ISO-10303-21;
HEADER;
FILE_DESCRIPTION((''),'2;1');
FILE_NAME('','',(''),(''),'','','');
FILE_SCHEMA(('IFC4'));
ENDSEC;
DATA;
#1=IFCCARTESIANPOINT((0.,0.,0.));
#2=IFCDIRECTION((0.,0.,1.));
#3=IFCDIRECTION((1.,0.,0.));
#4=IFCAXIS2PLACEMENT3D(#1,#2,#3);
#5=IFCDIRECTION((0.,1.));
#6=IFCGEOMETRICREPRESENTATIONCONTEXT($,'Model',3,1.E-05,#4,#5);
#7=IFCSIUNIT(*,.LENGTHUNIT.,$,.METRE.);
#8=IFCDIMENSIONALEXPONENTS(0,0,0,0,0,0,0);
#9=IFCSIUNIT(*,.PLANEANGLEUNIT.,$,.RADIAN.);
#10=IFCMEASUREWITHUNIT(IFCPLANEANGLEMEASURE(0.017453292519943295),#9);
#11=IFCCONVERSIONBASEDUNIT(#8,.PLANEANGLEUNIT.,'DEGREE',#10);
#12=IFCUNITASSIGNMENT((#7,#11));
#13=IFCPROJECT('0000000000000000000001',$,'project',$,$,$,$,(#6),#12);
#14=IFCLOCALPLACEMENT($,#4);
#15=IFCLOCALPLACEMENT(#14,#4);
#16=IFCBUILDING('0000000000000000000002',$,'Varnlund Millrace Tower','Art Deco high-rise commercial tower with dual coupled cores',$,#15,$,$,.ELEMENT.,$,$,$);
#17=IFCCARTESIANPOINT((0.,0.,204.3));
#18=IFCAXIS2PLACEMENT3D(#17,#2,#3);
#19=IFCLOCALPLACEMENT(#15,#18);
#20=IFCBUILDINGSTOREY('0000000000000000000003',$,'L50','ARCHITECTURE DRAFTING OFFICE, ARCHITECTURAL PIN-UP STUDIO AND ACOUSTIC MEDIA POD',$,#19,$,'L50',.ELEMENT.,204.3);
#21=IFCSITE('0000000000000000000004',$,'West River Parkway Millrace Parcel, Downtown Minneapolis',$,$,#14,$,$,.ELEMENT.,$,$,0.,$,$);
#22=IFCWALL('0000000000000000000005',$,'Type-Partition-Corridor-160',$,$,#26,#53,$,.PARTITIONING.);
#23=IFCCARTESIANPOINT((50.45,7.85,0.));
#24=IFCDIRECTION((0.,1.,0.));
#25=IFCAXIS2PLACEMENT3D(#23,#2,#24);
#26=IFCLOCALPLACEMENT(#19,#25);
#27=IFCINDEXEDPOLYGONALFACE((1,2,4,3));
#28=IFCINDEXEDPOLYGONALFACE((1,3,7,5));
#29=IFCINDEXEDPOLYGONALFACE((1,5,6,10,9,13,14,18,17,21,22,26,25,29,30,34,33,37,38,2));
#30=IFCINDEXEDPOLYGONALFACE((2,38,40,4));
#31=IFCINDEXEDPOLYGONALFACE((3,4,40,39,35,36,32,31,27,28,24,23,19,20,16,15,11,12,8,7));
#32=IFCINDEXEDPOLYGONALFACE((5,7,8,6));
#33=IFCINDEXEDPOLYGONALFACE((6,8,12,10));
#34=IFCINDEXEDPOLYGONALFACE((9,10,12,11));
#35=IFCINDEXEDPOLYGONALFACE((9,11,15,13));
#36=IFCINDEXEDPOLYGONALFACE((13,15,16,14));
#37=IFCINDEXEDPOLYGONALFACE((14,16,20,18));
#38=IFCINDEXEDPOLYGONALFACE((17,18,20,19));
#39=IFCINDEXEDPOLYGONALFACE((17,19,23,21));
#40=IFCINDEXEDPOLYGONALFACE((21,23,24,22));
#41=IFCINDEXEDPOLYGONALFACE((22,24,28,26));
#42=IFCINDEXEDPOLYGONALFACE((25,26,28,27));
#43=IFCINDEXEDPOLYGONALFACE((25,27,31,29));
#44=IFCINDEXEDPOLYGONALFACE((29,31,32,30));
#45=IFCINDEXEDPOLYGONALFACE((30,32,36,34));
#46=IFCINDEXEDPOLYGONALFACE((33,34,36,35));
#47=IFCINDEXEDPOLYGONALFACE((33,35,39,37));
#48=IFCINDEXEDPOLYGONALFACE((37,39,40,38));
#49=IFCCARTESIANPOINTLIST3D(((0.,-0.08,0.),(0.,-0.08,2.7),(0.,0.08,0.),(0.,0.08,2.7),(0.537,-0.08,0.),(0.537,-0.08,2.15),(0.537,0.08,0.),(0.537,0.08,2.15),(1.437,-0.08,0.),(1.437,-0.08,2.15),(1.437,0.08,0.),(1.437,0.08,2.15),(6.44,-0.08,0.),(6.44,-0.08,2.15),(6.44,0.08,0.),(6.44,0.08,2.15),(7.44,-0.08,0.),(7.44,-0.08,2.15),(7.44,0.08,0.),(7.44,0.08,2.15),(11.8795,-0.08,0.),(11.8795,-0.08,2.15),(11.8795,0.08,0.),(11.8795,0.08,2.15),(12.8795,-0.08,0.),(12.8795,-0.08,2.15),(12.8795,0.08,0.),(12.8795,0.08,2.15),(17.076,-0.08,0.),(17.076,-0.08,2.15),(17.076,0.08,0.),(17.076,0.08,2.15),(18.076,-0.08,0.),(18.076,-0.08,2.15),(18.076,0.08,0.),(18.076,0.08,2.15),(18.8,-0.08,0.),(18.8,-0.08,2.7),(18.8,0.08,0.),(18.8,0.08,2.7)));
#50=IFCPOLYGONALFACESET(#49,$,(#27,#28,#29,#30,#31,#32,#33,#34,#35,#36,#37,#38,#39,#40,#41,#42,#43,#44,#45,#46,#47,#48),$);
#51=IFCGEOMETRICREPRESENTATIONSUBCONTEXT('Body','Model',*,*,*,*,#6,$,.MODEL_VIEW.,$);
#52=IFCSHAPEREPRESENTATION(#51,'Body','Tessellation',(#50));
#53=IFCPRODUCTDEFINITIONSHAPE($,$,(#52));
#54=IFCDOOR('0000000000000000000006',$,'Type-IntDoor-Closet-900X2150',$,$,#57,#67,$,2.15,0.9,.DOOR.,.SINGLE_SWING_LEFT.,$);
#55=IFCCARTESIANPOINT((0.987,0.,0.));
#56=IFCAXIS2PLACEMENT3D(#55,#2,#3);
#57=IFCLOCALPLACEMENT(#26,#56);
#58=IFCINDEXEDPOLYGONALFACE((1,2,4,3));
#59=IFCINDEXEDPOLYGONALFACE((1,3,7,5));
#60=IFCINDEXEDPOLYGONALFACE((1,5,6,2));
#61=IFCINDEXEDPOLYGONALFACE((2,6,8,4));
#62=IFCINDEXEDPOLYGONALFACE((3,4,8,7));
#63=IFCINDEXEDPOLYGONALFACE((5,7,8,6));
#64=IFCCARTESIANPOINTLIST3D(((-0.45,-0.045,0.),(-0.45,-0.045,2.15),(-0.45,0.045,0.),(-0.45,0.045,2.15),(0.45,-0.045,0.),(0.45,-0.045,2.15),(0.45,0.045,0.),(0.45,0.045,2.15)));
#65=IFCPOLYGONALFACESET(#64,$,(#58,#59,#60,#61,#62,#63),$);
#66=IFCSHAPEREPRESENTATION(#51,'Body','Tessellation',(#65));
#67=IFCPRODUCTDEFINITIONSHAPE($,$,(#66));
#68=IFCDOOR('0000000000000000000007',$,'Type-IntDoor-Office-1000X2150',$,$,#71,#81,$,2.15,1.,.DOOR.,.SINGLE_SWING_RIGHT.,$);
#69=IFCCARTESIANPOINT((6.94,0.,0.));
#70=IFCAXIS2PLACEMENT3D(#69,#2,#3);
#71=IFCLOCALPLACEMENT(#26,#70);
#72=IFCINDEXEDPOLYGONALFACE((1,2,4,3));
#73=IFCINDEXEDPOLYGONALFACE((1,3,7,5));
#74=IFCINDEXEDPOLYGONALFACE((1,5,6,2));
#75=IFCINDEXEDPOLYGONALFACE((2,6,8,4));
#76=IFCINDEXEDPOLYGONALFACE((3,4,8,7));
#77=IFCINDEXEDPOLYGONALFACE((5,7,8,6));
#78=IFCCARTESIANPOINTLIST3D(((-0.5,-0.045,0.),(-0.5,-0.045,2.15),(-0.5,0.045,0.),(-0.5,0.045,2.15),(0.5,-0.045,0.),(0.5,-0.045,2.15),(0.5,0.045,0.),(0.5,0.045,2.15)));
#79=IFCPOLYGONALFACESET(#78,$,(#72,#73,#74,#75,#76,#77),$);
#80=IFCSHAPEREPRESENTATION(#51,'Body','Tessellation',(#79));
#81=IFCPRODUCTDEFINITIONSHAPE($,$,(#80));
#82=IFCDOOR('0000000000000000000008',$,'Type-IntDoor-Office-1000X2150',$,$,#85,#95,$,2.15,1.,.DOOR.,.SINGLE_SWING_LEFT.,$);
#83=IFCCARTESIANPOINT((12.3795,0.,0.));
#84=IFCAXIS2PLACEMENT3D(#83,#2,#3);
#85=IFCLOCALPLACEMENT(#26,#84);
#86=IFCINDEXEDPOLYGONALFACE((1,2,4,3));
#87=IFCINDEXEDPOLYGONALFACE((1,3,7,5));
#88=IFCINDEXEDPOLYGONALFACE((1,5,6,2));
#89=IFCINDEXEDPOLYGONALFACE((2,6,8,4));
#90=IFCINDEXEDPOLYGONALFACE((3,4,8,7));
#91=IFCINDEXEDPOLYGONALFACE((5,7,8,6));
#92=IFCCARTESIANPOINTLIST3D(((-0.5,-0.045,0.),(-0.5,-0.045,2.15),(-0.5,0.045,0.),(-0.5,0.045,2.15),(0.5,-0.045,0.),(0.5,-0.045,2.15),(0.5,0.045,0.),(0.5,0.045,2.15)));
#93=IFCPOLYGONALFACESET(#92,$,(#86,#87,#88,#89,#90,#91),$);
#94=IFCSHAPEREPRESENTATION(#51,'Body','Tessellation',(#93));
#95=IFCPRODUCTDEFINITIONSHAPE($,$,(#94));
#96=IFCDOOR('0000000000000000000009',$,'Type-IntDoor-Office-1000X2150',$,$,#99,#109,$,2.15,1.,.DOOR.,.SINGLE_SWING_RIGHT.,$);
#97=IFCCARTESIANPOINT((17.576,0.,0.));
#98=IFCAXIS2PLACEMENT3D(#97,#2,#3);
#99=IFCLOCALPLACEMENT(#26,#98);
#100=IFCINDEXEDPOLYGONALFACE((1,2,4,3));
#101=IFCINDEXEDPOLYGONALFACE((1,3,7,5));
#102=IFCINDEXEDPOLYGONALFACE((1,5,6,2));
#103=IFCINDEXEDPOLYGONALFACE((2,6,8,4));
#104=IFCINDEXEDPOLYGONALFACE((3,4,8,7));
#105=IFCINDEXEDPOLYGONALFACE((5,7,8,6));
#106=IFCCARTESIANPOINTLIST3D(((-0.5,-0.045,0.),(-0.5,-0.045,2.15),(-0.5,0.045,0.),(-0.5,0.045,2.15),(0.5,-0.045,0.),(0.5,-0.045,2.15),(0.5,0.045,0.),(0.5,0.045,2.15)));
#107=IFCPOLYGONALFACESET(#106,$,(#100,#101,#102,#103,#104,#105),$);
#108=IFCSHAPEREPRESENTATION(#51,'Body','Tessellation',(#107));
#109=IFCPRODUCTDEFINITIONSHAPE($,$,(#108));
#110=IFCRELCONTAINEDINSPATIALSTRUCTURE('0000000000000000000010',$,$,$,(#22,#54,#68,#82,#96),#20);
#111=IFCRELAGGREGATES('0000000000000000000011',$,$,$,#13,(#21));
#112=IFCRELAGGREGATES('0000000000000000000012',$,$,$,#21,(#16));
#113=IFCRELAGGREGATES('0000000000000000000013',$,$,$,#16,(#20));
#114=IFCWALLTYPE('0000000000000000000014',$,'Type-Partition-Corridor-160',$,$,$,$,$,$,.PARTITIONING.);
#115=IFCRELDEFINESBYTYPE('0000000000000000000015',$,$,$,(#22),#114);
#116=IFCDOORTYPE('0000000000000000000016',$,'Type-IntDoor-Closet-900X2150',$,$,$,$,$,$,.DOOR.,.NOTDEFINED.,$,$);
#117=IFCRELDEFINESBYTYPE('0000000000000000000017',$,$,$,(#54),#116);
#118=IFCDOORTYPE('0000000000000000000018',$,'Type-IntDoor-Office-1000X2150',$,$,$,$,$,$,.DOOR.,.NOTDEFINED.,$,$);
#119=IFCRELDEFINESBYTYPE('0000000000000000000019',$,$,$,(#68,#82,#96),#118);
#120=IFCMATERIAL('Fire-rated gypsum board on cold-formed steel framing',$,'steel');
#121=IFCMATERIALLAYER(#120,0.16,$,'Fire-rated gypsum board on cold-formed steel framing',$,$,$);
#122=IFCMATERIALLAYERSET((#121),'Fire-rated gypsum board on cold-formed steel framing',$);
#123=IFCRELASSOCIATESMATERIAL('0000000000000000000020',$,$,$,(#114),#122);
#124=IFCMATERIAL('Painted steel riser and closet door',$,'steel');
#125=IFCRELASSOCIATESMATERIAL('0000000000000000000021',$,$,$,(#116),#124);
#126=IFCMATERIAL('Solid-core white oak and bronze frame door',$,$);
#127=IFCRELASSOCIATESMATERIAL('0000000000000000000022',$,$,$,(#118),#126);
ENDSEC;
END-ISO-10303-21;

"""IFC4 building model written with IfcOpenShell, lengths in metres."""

from ifc_helpers import new_model, entity, si_unit, converted_unit, direction, frame, origin_with_axes, origin_2d_with_axis, place, context, subcontext, project, spatial, polyline, rectangle, outline, extrude, material, layer, layer_set, type_object, element, fill, save


model = new_model("IFC4")

# Units and contexts
model_context = context("Model", 3, precision=1e-05, world=origin_with_axes(), true_north=direction((0.0, 1.0)))
body_context = subcontext(model_context, "Body", "Model", "MODEL_VIEW")
ifc_project = project(units=[si_unit("LENGTHUNIT", "METRE"), converted_unit("PLANEANGLEUNIT", "DEGREE", entity("IfcPlaneAngleMeasure", 0.017453292519943295), si_unit("PLANEANGLEUNIT", "RADIAN"), dimensions=[0, 0, 0, 0, 0, 0, 0])], contexts=[model_context])

# Site, building, storey
site_placement = place(None, origin_with_axes())
site = spatial("IfcSite", under=ifc_project, at=site_placement, Name="West River Parkway Millrace Parcel, Downtown Minneapolis", CompositionType="ELEMENT", RefElevation=0.0)
building_placement = place(site_placement, origin_with_axes())
building = spatial("IfcBuilding", under=site, at=building_placement, Name="Varnlund Millrace Tower", Description="Art Deco high-rise commercial tower with dual coupled cores", CompositionType="ELEMENT")
storey_placement = place(building_placement, frame((0.0, 0.0, 204.3), z_axis=(0.0, 0.0, 1.0), x_axis=(1.0, 0.0, 0.0)))
storey = spatial("IfcBuildingStorey", under=building, at=storey_placement, Name="L50", Description="ARCHITECTURE DRAFTING OFFICE, ARCHITECTURAL PIN-UP STUDIO AND ACOUSTIC MEDIA POD", LongName="L50", CompositionType="ELEMENT", Elevation=204.3)

# Wall, openings, doors
ifc_material_1 = material(Name="Fire-rated gypsum board on cold-formed steel framing", Category="steel")
ifc_layer_1 = layer(ifc_material_1, 0.16, Name="Fire-rated gypsum board on cold-formed steel framing")
ifc_layer_set_1 = layer_set([ifc_layer_1], Name="Fire-rated gypsum board on cold-formed steel framing")
wall_type_1 = type_object("IfcWallType", Name="Type-Partition-Corridor-160", PredefinedType="PARTITIONING", material=ifc_layer_set_1)
wall_1_placement = place(storey_placement, frame((50.45, 7.85, 0.0), z_axis=(0.0, 0.0, 1.0), x_axis=(0.0, 1.0, 0.0)))
wall_1 = element("IfcWall", 1, at=wall_1_placement, inside=storey, type_object=wall_type_1, Name="Type-Partition-Corridor-160", PredefinedType="PARTITIONING", context=body_context, shape_type="SweptSolid", body=[
    extrude(outline(polyline([(0.0, -0.08), (18.8, -0.08), (18.8, 0.08), (0.0, 0.08), (0.0, -0.08)])), origin_with_axes(), (0.0, 0.0, 1.0), 2.7),
])
opening_1_placement = place(wall_1_placement, frame((0.987, 0.0, 0.0), z_axis=(0.0, 0.0, 1.0), x_axis=(1.0, 0.0, 0.0)))
opening_1 = element("IfcOpeningElement", 2, at=opening_1_placement, cuts=wall_1, PredefinedType="OPENING", context=body_context, shape_type="SweptSolid", body=[
    extrude(rectangle(XDim=0.9, YDim=0.18, at=origin_2d_with_axis()), origin_with_axes(), (0.0, 0.0, 1.0), 2.15),
])
opening_2_placement = place(wall_1_placement, frame((6.94, 0.0, 0.0), z_axis=(0.0, 0.0, 1.0), x_axis=(1.0, 0.0, 0.0)))
opening_2 = element("IfcOpeningElement", 3, at=opening_2_placement, cuts=wall_1, PredefinedType="OPENING", context=body_context, shape_type="SweptSolid", body=[
    extrude(rectangle(XDim=1.0, YDim=0.18, at=origin_2d_with_axis()), origin_with_axes(), (0.0, 0.0, 1.0), 2.15),
])
opening_3_placement = place(wall_1_placement, frame((12.3795, 0.0, 0.0), z_axis=(0.0, 0.0, 1.0), x_axis=(1.0, 0.0, 0.0)))
opening_3 = element("IfcOpeningElement", 4, at=opening_3_placement, cuts=wall_1, PredefinedType="OPENING", context=body_context, shape_type="SweptSolid", body=[
    extrude(rectangle(XDim=1.0, YDim=0.18, at=origin_2d_with_axis()), origin_with_axes(), (0.0, 0.0, 1.0), 2.15),
])
opening_4_placement = place(wall_1_placement, frame((17.576, 0.0, 0.0), z_axis=(0.0, 0.0, 1.0), x_axis=(1.0, 0.0, 0.0)))
opening_4 = element("IfcOpeningElement", 5, at=opening_4_placement, cuts=wall_1, PredefinedType="OPENING", context=body_context, shape_type="SweptSolid", body=[
    extrude(rectangle(XDim=1.0, YDim=0.18, at=origin_2d_with_axis()), origin_with_axes(), (0.0, 0.0, 1.0), 2.15),
])
ifc_material_2 = material(Name="Painted steel riser and closet door", Category="steel")
door_type_1 = type_object("IfcDoorType", Name="Type-IntDoor-Closet-900X2150", OperationType="NOTDEFINED", PredefinedType="DOOR", material=ifc_material_2)
door_1_placement = place(wall_1_placement, frame((0.987, 0.0, 0.0), z_axis=(0.0, 0.0, 1.0), x_axis=(1.0, 0.0, 0.0)))
door_1 = element("IfcDoor", 6, at=door_1_placement, inside=storey, type_object=door_type_1, Name="Type-IntDoor-Closet-900X2150", OperationType="SINGLE_SWING_LEFT", OverallHeight=2.15, OverallWidth=0.9, PredefinedType="DOOR", context=body_context, shape_type="SweptSolid", body=[
    extrude(rectangle(XDim=0.9, YDim=0.09, at=origin_2d_with_axis()), origin_with_axes(), (0.0, 0.0, 1.0), 2.15),
])
fill(opening_1, door_1)
ifc_material_3 = material(Name="Solid-core white oak and bronze frame door")
door_type_2 = type_object("IfcDoorType", Name="Type-IntDoor-Office-1000X2150", OperationType="NOTDEFINED", PredefinedType="DOOR", material=ifc_material_3)
door_2_placement = place(wall_1_placement, frame((6.94, 0.0, 0.0), z_axis=(0.0, 0.0, 1.0), x_axis=(1.0, 0.0, 0.0)))
door_2 = element("IfcDoor", 7, at=door_2_placement, inside=storey, type_object=door_type_2, Name="Type-IntDoor-Office-1000X2150", OperationType="SINGLE_SWING_RIGHT", OverallHeight=2.15, OverallWidth=1.0, PredefinedType="DOOR", context=body_context, shape_type="SweptSolid", body=[
    extrude(rectangle(XDim=1.0, YDim=0.09, at=origin_2d_with_axis()), origin_with_axes(), (0.0, 0.0, 1.0), 2.15),
])
fill(opening_2, door_2)
door_3_placement = place(wall_1_placement, frame((12.3795, 0.0, 0.0), z_axis=(0.0, 0.0, 1.0), x_axis=(1.0, 0.0, 0.0)))
door_3 = element("IfcDoor", 8, at=door_3_placement, inside=storey, type_object=door_type_2, Name="Type-IntDoor-Office-1000X2150", OperationType="SINGLE_SWING_LEFT", OverallHeight=2.15, OverallWidth=1.0, PredefinedType="DOOR", context=body_context, shape_type="SweptSolid", body=[
    extrude(rectangle(XDim=1.0, YDim=0.09, at=origin_2d_with_axis()), origin_with_axes(), (0.0, 0.0, 1.0), 2.15),
])
fill(opening_3, door_3)
door_4_placement = place(wall_1_placement, frame((17.576, 0.0, 0.0), z_axis=(0.0, 0.0, 1.0), x_axis=(1.0, 0.0, 0.0)))
door_4 = element("IfcDoor", 9, at=door_4_placement, inside=storey, type_object=door_type_2, Name="Type-IntDoor-Office-1000X2150", OperationType="SINGLE_SWING_RIGHT", OverallHeight=2.15, OverallWidth=1.0, PredefinedType="DOOR", context=body_context, shape_type="SweptSolid", body=[
    extrude(rectangle(XDim=1.0, YDim=0.09, at=origin_2d_with_axis()), origin_with_axes(), (0.0, 0.0, 1.0), 2.15),
])
fill(opening_4, door_4)

save(model, "model.ifc")
